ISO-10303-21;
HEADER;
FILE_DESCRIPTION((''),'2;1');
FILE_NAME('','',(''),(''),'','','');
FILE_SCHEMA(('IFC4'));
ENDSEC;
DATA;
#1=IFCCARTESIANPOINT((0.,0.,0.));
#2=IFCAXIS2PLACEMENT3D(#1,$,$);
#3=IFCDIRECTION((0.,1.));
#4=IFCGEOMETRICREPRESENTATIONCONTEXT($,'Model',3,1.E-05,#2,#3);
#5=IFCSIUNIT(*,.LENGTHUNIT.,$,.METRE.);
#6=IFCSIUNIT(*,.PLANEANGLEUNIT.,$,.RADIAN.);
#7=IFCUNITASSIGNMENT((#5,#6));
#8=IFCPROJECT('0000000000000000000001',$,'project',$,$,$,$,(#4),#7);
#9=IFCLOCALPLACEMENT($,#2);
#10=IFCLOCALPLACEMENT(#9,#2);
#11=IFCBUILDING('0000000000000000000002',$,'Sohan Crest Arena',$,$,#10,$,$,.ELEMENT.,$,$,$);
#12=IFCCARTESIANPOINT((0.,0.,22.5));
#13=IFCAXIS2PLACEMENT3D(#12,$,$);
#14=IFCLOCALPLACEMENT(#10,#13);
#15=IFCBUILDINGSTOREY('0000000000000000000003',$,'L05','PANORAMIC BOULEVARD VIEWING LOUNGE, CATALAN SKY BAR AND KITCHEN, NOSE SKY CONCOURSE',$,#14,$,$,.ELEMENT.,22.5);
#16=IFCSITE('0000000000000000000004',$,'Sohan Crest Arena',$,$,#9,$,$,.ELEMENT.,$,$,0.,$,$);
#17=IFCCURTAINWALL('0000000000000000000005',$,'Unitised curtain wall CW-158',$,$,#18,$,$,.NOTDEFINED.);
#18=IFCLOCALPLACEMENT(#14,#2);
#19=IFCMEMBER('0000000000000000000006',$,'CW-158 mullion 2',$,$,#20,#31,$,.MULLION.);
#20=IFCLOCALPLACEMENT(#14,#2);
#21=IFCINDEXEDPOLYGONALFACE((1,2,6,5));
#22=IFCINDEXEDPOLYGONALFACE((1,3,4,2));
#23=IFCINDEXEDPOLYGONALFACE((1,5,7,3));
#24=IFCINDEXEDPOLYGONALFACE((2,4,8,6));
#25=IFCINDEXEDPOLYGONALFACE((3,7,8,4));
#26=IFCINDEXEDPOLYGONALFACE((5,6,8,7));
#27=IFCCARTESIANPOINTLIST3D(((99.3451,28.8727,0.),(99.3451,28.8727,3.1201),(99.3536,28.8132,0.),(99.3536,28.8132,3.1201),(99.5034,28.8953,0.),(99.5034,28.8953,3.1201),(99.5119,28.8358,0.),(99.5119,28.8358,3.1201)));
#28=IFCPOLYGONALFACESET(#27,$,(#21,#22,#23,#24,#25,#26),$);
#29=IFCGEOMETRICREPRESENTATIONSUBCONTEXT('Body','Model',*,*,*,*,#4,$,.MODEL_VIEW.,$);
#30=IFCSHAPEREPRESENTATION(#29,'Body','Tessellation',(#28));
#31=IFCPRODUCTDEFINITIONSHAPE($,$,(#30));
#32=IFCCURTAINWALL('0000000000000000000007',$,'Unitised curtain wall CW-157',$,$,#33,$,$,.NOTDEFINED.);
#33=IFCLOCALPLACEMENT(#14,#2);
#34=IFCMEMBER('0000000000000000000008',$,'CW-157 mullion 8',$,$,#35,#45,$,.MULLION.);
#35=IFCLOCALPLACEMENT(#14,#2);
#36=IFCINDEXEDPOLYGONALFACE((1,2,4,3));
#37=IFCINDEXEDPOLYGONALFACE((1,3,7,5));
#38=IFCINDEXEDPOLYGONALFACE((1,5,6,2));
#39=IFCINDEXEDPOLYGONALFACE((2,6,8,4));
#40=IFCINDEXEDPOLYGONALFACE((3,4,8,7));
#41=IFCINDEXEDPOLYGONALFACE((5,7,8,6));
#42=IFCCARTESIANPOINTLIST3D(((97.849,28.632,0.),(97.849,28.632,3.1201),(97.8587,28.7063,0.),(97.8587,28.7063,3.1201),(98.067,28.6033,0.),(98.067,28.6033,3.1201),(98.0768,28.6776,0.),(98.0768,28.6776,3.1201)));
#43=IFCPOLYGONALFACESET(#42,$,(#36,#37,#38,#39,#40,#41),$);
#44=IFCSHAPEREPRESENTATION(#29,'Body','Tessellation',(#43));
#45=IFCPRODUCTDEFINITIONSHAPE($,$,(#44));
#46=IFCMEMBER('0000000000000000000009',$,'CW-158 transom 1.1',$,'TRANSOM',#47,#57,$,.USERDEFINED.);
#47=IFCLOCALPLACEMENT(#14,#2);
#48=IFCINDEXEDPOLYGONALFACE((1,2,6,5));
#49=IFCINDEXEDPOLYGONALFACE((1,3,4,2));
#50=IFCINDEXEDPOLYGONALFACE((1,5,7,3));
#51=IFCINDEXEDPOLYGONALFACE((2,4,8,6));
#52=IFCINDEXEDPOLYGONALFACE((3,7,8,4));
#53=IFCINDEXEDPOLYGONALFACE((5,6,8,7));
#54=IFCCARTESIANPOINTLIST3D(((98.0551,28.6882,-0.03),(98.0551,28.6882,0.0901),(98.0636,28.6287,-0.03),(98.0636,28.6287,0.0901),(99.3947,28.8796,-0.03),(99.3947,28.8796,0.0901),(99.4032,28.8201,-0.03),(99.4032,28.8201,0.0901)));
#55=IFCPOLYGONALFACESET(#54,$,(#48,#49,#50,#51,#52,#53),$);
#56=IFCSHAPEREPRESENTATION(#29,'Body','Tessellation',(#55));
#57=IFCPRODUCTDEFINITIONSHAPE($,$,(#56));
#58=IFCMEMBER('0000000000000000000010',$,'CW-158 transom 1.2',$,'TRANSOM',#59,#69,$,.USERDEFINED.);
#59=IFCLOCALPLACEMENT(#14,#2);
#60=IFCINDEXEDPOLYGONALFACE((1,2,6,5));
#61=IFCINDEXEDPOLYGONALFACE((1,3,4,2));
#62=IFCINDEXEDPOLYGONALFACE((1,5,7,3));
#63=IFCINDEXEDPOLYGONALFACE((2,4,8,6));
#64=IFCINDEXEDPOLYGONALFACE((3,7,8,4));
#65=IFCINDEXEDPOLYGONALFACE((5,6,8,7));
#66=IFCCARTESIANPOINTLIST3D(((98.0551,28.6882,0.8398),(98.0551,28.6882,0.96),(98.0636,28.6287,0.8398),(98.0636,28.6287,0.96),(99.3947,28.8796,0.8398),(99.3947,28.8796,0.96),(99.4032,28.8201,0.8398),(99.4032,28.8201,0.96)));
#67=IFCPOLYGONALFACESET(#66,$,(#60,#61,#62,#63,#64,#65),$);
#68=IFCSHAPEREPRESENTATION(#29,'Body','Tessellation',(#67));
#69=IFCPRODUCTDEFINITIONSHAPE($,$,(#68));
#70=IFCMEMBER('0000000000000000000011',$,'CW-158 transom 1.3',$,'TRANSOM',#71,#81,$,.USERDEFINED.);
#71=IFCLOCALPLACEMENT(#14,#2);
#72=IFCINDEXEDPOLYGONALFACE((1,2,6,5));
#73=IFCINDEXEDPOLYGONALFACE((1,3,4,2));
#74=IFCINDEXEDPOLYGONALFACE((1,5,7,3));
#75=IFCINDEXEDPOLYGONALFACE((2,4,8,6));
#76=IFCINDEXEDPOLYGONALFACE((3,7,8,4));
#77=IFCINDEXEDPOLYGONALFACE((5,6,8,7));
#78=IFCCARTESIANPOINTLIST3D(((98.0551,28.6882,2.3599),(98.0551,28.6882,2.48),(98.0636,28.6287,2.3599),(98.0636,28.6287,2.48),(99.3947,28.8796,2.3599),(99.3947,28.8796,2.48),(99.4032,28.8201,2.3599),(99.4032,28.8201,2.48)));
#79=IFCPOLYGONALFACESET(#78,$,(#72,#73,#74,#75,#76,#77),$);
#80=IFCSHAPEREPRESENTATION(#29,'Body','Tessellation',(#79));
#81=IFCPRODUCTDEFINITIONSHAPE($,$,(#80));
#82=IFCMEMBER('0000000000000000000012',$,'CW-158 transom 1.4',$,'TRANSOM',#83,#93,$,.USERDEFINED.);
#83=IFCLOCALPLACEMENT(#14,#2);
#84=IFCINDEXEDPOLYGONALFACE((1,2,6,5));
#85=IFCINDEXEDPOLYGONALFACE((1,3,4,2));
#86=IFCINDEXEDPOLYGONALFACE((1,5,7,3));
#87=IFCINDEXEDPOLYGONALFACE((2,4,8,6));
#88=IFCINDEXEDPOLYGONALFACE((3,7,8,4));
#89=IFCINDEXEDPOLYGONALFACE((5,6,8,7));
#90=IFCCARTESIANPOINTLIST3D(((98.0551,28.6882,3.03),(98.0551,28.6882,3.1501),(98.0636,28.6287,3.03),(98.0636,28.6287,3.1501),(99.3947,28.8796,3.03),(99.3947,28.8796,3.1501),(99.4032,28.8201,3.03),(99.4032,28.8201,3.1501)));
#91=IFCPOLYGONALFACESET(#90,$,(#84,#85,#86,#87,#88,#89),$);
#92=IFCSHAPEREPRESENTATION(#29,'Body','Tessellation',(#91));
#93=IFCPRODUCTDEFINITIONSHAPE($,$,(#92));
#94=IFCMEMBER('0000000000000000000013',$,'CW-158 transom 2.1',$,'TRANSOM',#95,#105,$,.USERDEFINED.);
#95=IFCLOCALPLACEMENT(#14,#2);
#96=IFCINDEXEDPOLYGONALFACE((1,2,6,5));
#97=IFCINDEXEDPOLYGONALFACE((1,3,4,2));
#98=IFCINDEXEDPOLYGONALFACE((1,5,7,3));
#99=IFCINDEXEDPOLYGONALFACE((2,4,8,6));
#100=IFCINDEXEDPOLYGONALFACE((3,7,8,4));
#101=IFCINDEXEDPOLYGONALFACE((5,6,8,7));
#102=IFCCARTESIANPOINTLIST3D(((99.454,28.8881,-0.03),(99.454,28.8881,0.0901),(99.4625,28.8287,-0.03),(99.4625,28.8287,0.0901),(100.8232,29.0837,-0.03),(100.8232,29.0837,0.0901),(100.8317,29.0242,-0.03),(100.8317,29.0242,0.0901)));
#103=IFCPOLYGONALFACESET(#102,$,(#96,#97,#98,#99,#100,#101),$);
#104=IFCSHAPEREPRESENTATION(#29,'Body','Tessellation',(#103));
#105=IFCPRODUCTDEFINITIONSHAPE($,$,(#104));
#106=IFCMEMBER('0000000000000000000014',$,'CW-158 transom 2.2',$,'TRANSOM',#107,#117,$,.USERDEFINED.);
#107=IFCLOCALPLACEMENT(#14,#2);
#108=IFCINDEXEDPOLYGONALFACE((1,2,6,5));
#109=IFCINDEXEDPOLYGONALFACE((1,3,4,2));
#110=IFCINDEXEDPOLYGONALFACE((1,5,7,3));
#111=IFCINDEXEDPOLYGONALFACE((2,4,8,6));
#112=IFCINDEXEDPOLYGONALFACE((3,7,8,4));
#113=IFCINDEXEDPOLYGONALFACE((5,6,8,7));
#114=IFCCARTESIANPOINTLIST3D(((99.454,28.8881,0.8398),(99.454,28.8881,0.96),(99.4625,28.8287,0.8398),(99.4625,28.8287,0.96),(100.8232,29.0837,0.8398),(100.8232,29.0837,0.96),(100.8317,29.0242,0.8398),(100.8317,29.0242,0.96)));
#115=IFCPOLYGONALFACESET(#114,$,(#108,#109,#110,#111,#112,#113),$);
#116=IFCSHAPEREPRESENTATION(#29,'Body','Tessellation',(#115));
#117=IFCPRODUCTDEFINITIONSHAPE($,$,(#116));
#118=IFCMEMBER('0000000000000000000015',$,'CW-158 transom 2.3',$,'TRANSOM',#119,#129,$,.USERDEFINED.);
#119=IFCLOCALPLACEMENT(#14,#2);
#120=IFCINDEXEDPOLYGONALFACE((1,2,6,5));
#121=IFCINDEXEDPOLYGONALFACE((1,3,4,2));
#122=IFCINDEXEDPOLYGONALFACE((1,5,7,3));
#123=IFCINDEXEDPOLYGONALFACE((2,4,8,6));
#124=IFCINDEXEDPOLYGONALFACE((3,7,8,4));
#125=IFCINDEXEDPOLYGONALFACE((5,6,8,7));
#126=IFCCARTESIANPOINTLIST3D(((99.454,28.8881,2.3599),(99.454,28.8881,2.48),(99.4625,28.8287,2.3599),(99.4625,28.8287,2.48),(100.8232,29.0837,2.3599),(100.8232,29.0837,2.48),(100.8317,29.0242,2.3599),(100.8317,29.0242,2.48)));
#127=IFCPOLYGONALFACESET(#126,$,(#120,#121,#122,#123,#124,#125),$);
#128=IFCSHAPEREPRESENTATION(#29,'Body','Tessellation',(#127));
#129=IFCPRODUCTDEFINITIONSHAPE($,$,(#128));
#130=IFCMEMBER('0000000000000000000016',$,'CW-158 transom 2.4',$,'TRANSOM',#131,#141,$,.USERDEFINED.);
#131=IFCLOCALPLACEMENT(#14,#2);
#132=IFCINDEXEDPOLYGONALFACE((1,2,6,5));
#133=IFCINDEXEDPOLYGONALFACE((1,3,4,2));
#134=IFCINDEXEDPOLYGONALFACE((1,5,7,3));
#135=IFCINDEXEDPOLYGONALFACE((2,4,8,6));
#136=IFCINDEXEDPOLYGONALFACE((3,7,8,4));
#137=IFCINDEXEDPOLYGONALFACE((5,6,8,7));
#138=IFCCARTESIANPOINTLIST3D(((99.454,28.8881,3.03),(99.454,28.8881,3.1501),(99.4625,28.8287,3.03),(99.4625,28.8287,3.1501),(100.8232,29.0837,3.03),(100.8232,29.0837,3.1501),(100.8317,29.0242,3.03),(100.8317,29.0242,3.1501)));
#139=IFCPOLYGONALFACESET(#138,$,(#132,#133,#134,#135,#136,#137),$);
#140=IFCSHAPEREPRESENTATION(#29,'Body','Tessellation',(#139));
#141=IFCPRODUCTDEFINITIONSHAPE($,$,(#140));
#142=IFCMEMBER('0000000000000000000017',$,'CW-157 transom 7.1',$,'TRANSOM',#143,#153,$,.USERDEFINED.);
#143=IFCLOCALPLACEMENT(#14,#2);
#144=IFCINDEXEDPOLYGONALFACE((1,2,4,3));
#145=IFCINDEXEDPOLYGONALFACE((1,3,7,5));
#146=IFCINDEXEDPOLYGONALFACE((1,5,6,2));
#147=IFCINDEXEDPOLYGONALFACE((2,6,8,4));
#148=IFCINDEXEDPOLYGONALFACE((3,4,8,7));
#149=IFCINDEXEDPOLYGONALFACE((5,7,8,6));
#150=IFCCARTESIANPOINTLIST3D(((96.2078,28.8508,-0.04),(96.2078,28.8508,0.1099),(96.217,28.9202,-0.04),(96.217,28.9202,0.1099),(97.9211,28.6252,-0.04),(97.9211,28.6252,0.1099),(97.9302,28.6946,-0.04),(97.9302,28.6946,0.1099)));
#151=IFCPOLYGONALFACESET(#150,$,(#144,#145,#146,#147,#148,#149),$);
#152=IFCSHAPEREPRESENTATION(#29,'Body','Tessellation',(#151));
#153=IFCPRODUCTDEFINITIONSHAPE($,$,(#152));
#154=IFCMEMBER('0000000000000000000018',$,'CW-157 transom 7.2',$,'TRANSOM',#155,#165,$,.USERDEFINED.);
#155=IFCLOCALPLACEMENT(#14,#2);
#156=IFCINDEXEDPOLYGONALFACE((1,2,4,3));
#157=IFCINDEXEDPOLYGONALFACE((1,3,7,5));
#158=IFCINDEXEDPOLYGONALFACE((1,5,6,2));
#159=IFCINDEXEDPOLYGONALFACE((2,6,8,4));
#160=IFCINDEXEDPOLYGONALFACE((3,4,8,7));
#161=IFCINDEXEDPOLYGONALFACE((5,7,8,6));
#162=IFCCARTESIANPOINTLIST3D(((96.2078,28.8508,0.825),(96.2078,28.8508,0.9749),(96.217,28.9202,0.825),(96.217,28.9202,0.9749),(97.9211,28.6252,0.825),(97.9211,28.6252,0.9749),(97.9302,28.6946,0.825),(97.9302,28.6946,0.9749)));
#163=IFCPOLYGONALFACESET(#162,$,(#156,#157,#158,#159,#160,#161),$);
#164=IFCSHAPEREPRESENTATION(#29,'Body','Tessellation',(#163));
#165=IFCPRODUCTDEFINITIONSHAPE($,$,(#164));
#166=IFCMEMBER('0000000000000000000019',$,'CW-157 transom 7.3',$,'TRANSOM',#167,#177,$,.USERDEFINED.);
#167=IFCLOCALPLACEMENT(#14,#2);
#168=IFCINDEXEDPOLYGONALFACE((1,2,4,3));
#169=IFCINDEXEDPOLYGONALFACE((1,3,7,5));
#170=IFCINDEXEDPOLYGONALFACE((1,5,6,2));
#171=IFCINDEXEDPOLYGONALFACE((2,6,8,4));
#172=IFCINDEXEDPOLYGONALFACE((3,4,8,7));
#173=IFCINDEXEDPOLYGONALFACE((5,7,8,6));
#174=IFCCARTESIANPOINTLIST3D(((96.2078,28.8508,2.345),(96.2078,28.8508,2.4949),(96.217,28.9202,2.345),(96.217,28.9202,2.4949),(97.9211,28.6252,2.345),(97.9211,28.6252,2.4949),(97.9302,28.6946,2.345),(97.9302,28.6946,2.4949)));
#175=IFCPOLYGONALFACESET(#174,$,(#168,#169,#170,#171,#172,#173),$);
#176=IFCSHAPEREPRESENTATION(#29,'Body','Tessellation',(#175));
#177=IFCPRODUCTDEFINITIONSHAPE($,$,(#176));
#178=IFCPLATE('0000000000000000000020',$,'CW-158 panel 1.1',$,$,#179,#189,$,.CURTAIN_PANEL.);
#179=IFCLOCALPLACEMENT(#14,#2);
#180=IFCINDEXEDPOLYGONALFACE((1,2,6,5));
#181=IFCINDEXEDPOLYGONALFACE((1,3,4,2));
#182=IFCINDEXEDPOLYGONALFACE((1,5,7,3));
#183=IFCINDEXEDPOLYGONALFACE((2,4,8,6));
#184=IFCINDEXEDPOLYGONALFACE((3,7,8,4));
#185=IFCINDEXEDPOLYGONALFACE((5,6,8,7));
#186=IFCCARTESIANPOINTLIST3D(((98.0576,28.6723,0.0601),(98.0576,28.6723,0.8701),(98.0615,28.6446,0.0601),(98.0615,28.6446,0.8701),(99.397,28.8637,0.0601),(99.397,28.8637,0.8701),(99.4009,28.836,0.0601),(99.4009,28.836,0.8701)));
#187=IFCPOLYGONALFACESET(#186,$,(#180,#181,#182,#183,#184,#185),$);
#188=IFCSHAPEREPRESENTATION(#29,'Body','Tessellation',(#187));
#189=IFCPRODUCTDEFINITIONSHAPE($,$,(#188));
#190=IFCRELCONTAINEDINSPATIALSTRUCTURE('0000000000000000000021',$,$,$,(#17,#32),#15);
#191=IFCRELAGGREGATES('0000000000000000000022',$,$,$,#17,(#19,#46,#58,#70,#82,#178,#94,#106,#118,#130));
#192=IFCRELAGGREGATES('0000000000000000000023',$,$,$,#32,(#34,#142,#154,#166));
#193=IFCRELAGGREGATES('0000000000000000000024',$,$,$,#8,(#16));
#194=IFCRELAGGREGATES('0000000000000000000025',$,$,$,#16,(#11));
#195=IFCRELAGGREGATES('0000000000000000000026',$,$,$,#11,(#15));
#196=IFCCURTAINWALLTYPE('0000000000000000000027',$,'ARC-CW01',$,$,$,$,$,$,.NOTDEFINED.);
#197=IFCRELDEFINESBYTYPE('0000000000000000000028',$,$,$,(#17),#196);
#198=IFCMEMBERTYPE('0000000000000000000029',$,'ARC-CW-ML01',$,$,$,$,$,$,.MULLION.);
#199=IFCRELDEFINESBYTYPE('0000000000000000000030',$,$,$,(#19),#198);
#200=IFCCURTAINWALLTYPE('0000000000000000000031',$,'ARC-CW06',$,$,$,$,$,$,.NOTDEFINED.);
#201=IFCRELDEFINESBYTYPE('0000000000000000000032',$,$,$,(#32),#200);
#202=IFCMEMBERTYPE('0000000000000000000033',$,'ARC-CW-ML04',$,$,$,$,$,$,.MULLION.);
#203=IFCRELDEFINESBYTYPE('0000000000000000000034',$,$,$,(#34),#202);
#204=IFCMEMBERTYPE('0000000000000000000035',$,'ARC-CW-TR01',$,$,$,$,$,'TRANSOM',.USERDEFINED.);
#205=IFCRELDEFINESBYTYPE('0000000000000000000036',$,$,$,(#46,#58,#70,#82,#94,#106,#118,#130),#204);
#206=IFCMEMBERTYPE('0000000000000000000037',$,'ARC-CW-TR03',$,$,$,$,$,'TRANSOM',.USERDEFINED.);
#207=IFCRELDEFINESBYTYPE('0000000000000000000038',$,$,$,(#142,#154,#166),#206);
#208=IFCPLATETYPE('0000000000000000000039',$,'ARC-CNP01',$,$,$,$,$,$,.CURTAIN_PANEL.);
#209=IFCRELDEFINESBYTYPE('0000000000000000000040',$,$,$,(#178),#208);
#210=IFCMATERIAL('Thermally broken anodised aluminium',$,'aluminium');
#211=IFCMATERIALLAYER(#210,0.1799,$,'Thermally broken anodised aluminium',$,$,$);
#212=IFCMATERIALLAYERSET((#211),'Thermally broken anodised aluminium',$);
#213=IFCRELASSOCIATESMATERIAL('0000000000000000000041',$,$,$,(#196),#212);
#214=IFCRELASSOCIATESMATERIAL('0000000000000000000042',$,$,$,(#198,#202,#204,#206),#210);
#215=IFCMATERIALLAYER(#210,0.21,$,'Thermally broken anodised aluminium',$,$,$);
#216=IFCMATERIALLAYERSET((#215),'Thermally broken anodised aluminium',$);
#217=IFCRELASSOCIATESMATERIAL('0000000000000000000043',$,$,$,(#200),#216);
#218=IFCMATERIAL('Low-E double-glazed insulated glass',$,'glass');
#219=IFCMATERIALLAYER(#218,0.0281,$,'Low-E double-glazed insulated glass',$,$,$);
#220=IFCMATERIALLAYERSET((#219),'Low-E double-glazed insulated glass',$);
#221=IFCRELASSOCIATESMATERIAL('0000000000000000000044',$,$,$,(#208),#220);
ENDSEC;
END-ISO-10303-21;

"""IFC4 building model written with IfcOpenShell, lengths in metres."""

from ifc_helpers import new_model, si_unit, direction, frame, origin, origin_2d, place, context, subcontext, project, spatial, rectangle, extrude, material, layer, layer_set, material_profile, profile_set, type_object, element, aggregate, save


model = new_model("IFC4")

# Units and contexts
model_context = context("Model", 3, precision=1e-05, world=origin(), true_north=direction((0.0, 1.0)))
body_context = subcontext(model_context, "Body", "Model", "MODEL_VIEW")
ifc_project = project(units=[si_unit("LENGTHUNIT", "METRE"), si_unit("PLANEANGLEUNIT", "RADIAN")], contexts=[model_context])

# Site, building, storey
site_placement = place(None, origin())
site = spatial("IfcSite", under=ifc_project, at=site_placement, Name="Sohan Crest Arena", CompositionType="ELEMENT", RefElevation=0.0)
building_placement = place(site_placement, origin())
building = spatial("IfcBuilding", under=site, at=building_placement, Name="Sohan Crest Arena", CompositionType="ELEMENT")
storey_placement = place(building_placement, frame((0.0, 0.0, 22.5)))
storey = spatial("IfcBuildingStorey", under=building, at=storey_placement, Name="L05", Description="PANORAMIC BOULEVARD VIEWING LOUNGE, CATALAN SKY BAR AND KITCHEN, NOSE SKY CONCOURSE", CompositionType="ELEMENT", Elevation=22.5)

# Curtain walls, members
ifc_material_1 = material(Name="Thermally broken anodised aluminium", Category="aluminium")
ifc_layer_1 = layer(ifc_material_1, 0.1799, Name="Thermally broken anodised aluminium")
ifc_layer_set_1 = layer_set([ifc_layer_1], Name="Thermally broken anodised aluminium")
curtain_wall_type_1 = type_object("IfcCurtainWallType", Name="ARC-CW01", PredefinedType="NOTDEFINED", material=ifc_layer_set_1)
curtain_wall_1_placement = place(storey_placement, origin())
curtain_wall_1 = element("IfcCurtainWall", 1, at=curtain_wall_1_placement, inside=storey, type_object=curtain_wall_type_1, Name="Unitised curtain wall CW-158", PredefinedType="NOTDEFINED")
ifc_material_profile_1 = material_profile(ifc_material_1, rectangle(XDim=0.0601, YDim=0.1599, at=origin_2d()), Name="ALU-MULL 60x160")
ifc_profile_set_1 = profile_set([ifc_material_profile_1], Name="Thermally broken anodised aluminium")
member_type_1 = type_object("IfcMemberType", Name="ARC-CW-ML01", PredefinedType="MULLION", material=ifc_profile_set_1)
member_1_placement = place(storey_placement, frame((99.4285, 28.8542, 0.0), z_axis=(0.0, 0.0, 1.0), x_axis=(-0.141463, 0.989944, 0.0)))
member_1 = element("IfcMember", 2, at=member_1_placement, type_object=member_type_1, Name="CW-158 mullion 2", PredefinedType="MULLION", context=body_context, shape_type="SweptSolid", body=[
    extrude(rectangle(XDim=0.0601, YDim=0.1599, at=origin_2d()), origin(), (0.0, 0.0, 1.0), 3.1201),
])
ifc_layer_2 = layer(ifc_material_1, 0.21, Name="Thermally broken anodised aluminium")
ifc_layer_set_2 = layer_set([ifc_layer_2], Name="Thermally broken anodised aluminium")
curtain_wall_type_2 = type_object("IfcCurtainWallType", Name="ARC-CW06", PredefinedType="NOTDEFINED", material=ifc_layer_set_2)
curtain_wall_2_placement = place(storey_placement, origin())
curtain_wall_2 = element("IfcCurtainWall", 3, at=curtain_wall_2_placement, inside=storey, type_object=curtain_wall_type_2, Name="Unitised curtain wall CW-157", PredefinedType="NOTDEFINED")
ifc_material_profile_2 = material_profile(ifc_material_1, rectangle(XDim=0.075, YDim=0.22, at=origin_2d()), Name="ALU-MULL 75x220")
ifc_profile_set_2 = profile_set([ifc_material_profile_2], Name="Thermally broken anodised aluminium")
member_type_2 = type_object("IfcMemberType", Name="ARC-CW-ML04", PredefinedType="MULLION", material=ifc_profile_set_2)
member_2_placement = place(storey_placement, frame((97.9629, 28.6548, 0.0), z_axis=(0.0, 0.0, 1.0), x_axis=(0.130557, 0.991441, 0.0)))
member_2 = element("IfcMember", 4, at=member_2_placement, type_object=member_type_2, Name="CW-157 mullion 8", PredefinedType="MULLION", context=body_context, shape_type="SweptSolid", body=[
    extrude(rectangle(XDim=0.075, YDim=0.22, at=origin_2d()), origin(), (0.0, 0.0, 1.0), 3.1201),
])

# Members
ifc_material_profile_3 = material_profile(ifc_material_1, rectangle(XDim=0.0601, YDim=0.1201, at=origin_2d()), Name="ALU-TRAN 60x120")
ifc_profile_set_3 = profile_set([ifc_material_profile_3], Name="Thermally broken anodised aluminium")
member_type_3 = type_object("IfcMemberType", Name="ARC-CW-TR01", ElementType="TRANSOM", PredefinedType="USERDEFINED", material=ifc_profile_set_3)
member_3_placement = place(storey_placement, frame((98.0593, 28.6584, 0.03), z_axis=(0.989946, 0.141447, 0.0), x_axis=(-0.141447, 0.989946, 0.0)))
member_3 = element("IfcMember", 5, at=member_3_placement, type_object=member_type_3, Name="CW-158 transom 1.1", ObjectType="TRANSOM", PredefinedType="USERDEFINED", context=body_context, shape_type="SweptSolid", body=[
    extrude(rectangle(XDim=0.0601, YDim=0.1201, at=origin_2d()), origin(), (0.0, 0.0, 1.0), 1.3533),
])
member_4_placement = place(storey_placement, frame((98.0593, 28.6584, 0.8999), z_axis=(0.989946, 0.141447, 0.0), x_axis=(-0.141447, 0.989946, 0.0)))
member_4 = element("IfcMember", 6, at=member_4_placement, type_object=member_type_3, Name="CW-158 transom 1.2", ObjectType="TRANSOM", PredefinedType="USERDEFINED", context=body_context, shape_type="SweptSolid", body=[
    extrude(rectangle(XDim=0.0601, YDim=0.1201, at=origin_2d()), origin(), (0.0, 0.0, 1.0), 1.3533),
])
member_5_placement = place(storey_placement, frame((98.0593, 28.6584, 2.4199), z_axis=(0.989946, 0.141447, 0.0), x_axis=(-0.141447, 0.989946, 0.0)))
member_5 = element("IfcMember", 7, at=member_5_placement, type_object=member_type_3, Name="CW-158 transom 1.3", ObjectType="TRANSOM", PredefinedType="USERDEFINED", context=body_context, shape_type="SweptSolid", body=[
    extrude(rectangle(XDim=0.0601, YDim=0.1201, at=origin_2d()), origin(), (0.0, 0.0, 1.0), 1.3533),
])
member_6_placement = place(storey_placement, frame((98.0593, 28.6584, 3.0901), z_axis=(0.989946, 0.141447, 0.0), x_axis=(-0.141447, 0.989946, 0.0)))
member_6 = element("IfcMember", 8, at=member_6_placement, type_object=member_type_3, Name="CW-158 transom 1.4", ObjectType="TRANSOM", PredefinedType="USERDEFINED", context=body_context, shape_type="SweptSolid", body=[
    extrude(rectangle(XDim=0.0601, YDim=0.1201, at=origin_2d()), origin(), (0.0, 0.0, 1.0), 1.3533),
])
member_7_placement = place(storey_placement, frame((99.4583, 28.8584, 0.03), z_axis=(0.989953, 0.141397, 0.0), x_axis=(-0.141397, 0.989953, 0.0)))
member_7 = element("IfcMember", 9, at=member_7_placement, type_object=member_type_3, Name="CW-158 transom 2.1", ObjectType="TRANSOM", PredefinedType="USERDEFINED", context=body_context, shape_type="SweptSolid", body=[
    extrude(rectangle(XDim=0.0601, YDim=0.1201, at=origin_2d()), origin(), (0.0, 0.0, 1.0), 1.3831),
])
member_8_placement = place(storey_placement, frame((99.4583, 28.8584, 0.8999), z_axis=(0.989953, 0.141397, 0.0), x_axis=(-0.141397, 0.989953, 0.0)))
member_8 = element("IfcMember", 10, at=member_8_placement, type_object=member_type_3, Name="CW-158 transom 2.2", ObjectType="TRANSOM", PredefinedType="USERDEFINED", context=body_context, shape_type="SweptSolid", body=[
    extrude(rectangle(XDim=0.0601, YDim=0.1201, at=origin_2d()), origin(), (0.0, 0.0, 1.0), 1.3831),
])
member_9_placement = place(storey_placement, frame((99.4583, 28.8584, 2.4199), z_axis=(0.989953, 0.141397, 0.0), x_axis=(-0.141397, 0.989953, 0.0)))
member_9 = element("IfcMember", 11, at=member_9_placement, type_object=member_type_3, Name="CW-158 transom 2.3", ObjectType="TRANSOM", PredefinedType="USERDEFINED", context=body_context, shape_type="SweptSolid", body=[
    extrude(rectangle(XDim=0.0601, YDim=0.1201, at=origin_2d()), origin(), (0.0, 0.0, 1.0), 1.3831),
])
member_10_placement = place(storey_placement, frame((99.4583, 28.8584, 3.0901), z_axis=(0.989953, 0.141397, 0.0), x_axis=(-0.141397, 0.989953, 0.0)))
member_10 = element("IfcMember", 12, at=member_10_placement, type_object=member_type_3, Name="CW-158 transom 2.4", ObjectType="TRANSOM", PredefinedType="USERDEFINED", context=body_context, shape_type="SweptSolid", body=[
    extrude(rectangle(XDim=0.0601, YDim=0.1201, at=origin_2d()), origin(), (0.0, 0.0, 1.0), 1.3831),
])
ifc_material_profile_4 = material_profile(ifc_material_1, rectangle(XDim=0.0701, YDim=0.1499, at=origin_2d()), Name="ALU-TRAN 70x150")
ifc_profile_set_4 = profile_set([ifc_material_profile_4], Name="Thermally broken anodised aluminium")
member_type_4 = type_object("IfcMemberType", Name="ARC-CW-TR03", ElementType="TRANSOM", PredefinedType="USERDEFINED", material=ifc_profile_set_4)
member_11_placement = place(storey_placement, frame((96.2124, 28.8855, 0.0349), z_axis=(0.991441, -0.130553, 0.0), x_axis=(0.130553, 0.991441, 0.0)))
member_11 = element("IfcMember", 13, at=member_11_placement, type_object=member_type_4, Name="CW-157 transom 7.1", ObjectType="TRANSOM", PredefinedType="USERDEFINED", context=body_context, shape_type="SweptSolid", body=[
    extrude(rectangle(XDim=0.0701, YDim=0.1499, at=origin_2d()), origin(), (0.0, 0.0, 1.0), 1.728),
])
member_12_placement = place(storey_placement, frame((96.2124, 28.8855, 0.8999), z_axis=(0.991441, -0.130553, 0.0), x_axis=(0.130553, 0.991441, 0.0)))
member_12 = element("IfcMember", 14, at=member_12_placement, type_object=member_type_4, Name="CW-157 transom 7.2", ObjectType="TRANSOM", PredefinedType="USERDEFINED", context=body_context, shape_type="SweptSolid", body=[
    extrude(rectangle(XDim=0.0701, YDim=0.1499, at=origin_2d()), origin(), (0.0, 0.0, 1.0), 1.728),
])
member_13_placement = place(storey_placement, frame((96.2124, 28.8855, 2.4199), z_axis=(0.991441, -0.130553, 0.0), x_axis=(0.130553, 0.991441, 0.0)))
member_13 = element("IfcMember", 15, at=member_13_placement, type_object=member_type_4, Name="CW-157 transom 7.3", ObjectType="TRANSOM", PredefinedType="USERDEFINED", context=body_context, shape_type="SweptSolid", body=[
    extrude(rectangle(XDim=0.0701, YDim=0.1499, at=origin_2d()), origin(), (0.0, 0.0, 1.0), 1.728),
])

# Plate
ifc_material_2 = material(Name="Low-E double-glazed insulated glass", Category="glass")
ifc_layer_3 = layer(ifc_material_2, 0.0281, Name="Low-E double-glazed insulated glass")
ifc_layer_set_3 = layer_set([ifc_layer_3], Name="Low-E double-glazed insulated glass")
plate_type_1 = type_object("IfcPlateType", Name="ARC-CNP01", PredefinedType="CURTAIN_PANEL", material=ifc_layer_set_3)
plate_1_placement = place(storey_placement, frame((98.7292, 28.7542, 0.0601), z_axis=(0.0, 0.0, 1.0), x_axis=(0.989944, 0.141463, 0.0)))
plate_1 = element("IfcPlate", 16, at=plate_1_placement, type_object=plate_type_1, Name="CW-158 panel 1.1", PredefinedType="CURTAIN_PANEL", context=body_context, shape_type="SweptSolid", body=[
    extrude(rectangle(XDim=1.353, YDim=0.0281, at=origin_2d()), origin(), (0.0, 0.0, 1.0), 0.8101),
])
aggregate(curtain_wall_1, [member_1, member_3, member_4, member_5, member_6, plate_1, member_7, member_8, member_9, member_10])
aggregate(curtain_wall_2, [member_2, member_11, member_12, member_13])

save(model, "model.ifc")
